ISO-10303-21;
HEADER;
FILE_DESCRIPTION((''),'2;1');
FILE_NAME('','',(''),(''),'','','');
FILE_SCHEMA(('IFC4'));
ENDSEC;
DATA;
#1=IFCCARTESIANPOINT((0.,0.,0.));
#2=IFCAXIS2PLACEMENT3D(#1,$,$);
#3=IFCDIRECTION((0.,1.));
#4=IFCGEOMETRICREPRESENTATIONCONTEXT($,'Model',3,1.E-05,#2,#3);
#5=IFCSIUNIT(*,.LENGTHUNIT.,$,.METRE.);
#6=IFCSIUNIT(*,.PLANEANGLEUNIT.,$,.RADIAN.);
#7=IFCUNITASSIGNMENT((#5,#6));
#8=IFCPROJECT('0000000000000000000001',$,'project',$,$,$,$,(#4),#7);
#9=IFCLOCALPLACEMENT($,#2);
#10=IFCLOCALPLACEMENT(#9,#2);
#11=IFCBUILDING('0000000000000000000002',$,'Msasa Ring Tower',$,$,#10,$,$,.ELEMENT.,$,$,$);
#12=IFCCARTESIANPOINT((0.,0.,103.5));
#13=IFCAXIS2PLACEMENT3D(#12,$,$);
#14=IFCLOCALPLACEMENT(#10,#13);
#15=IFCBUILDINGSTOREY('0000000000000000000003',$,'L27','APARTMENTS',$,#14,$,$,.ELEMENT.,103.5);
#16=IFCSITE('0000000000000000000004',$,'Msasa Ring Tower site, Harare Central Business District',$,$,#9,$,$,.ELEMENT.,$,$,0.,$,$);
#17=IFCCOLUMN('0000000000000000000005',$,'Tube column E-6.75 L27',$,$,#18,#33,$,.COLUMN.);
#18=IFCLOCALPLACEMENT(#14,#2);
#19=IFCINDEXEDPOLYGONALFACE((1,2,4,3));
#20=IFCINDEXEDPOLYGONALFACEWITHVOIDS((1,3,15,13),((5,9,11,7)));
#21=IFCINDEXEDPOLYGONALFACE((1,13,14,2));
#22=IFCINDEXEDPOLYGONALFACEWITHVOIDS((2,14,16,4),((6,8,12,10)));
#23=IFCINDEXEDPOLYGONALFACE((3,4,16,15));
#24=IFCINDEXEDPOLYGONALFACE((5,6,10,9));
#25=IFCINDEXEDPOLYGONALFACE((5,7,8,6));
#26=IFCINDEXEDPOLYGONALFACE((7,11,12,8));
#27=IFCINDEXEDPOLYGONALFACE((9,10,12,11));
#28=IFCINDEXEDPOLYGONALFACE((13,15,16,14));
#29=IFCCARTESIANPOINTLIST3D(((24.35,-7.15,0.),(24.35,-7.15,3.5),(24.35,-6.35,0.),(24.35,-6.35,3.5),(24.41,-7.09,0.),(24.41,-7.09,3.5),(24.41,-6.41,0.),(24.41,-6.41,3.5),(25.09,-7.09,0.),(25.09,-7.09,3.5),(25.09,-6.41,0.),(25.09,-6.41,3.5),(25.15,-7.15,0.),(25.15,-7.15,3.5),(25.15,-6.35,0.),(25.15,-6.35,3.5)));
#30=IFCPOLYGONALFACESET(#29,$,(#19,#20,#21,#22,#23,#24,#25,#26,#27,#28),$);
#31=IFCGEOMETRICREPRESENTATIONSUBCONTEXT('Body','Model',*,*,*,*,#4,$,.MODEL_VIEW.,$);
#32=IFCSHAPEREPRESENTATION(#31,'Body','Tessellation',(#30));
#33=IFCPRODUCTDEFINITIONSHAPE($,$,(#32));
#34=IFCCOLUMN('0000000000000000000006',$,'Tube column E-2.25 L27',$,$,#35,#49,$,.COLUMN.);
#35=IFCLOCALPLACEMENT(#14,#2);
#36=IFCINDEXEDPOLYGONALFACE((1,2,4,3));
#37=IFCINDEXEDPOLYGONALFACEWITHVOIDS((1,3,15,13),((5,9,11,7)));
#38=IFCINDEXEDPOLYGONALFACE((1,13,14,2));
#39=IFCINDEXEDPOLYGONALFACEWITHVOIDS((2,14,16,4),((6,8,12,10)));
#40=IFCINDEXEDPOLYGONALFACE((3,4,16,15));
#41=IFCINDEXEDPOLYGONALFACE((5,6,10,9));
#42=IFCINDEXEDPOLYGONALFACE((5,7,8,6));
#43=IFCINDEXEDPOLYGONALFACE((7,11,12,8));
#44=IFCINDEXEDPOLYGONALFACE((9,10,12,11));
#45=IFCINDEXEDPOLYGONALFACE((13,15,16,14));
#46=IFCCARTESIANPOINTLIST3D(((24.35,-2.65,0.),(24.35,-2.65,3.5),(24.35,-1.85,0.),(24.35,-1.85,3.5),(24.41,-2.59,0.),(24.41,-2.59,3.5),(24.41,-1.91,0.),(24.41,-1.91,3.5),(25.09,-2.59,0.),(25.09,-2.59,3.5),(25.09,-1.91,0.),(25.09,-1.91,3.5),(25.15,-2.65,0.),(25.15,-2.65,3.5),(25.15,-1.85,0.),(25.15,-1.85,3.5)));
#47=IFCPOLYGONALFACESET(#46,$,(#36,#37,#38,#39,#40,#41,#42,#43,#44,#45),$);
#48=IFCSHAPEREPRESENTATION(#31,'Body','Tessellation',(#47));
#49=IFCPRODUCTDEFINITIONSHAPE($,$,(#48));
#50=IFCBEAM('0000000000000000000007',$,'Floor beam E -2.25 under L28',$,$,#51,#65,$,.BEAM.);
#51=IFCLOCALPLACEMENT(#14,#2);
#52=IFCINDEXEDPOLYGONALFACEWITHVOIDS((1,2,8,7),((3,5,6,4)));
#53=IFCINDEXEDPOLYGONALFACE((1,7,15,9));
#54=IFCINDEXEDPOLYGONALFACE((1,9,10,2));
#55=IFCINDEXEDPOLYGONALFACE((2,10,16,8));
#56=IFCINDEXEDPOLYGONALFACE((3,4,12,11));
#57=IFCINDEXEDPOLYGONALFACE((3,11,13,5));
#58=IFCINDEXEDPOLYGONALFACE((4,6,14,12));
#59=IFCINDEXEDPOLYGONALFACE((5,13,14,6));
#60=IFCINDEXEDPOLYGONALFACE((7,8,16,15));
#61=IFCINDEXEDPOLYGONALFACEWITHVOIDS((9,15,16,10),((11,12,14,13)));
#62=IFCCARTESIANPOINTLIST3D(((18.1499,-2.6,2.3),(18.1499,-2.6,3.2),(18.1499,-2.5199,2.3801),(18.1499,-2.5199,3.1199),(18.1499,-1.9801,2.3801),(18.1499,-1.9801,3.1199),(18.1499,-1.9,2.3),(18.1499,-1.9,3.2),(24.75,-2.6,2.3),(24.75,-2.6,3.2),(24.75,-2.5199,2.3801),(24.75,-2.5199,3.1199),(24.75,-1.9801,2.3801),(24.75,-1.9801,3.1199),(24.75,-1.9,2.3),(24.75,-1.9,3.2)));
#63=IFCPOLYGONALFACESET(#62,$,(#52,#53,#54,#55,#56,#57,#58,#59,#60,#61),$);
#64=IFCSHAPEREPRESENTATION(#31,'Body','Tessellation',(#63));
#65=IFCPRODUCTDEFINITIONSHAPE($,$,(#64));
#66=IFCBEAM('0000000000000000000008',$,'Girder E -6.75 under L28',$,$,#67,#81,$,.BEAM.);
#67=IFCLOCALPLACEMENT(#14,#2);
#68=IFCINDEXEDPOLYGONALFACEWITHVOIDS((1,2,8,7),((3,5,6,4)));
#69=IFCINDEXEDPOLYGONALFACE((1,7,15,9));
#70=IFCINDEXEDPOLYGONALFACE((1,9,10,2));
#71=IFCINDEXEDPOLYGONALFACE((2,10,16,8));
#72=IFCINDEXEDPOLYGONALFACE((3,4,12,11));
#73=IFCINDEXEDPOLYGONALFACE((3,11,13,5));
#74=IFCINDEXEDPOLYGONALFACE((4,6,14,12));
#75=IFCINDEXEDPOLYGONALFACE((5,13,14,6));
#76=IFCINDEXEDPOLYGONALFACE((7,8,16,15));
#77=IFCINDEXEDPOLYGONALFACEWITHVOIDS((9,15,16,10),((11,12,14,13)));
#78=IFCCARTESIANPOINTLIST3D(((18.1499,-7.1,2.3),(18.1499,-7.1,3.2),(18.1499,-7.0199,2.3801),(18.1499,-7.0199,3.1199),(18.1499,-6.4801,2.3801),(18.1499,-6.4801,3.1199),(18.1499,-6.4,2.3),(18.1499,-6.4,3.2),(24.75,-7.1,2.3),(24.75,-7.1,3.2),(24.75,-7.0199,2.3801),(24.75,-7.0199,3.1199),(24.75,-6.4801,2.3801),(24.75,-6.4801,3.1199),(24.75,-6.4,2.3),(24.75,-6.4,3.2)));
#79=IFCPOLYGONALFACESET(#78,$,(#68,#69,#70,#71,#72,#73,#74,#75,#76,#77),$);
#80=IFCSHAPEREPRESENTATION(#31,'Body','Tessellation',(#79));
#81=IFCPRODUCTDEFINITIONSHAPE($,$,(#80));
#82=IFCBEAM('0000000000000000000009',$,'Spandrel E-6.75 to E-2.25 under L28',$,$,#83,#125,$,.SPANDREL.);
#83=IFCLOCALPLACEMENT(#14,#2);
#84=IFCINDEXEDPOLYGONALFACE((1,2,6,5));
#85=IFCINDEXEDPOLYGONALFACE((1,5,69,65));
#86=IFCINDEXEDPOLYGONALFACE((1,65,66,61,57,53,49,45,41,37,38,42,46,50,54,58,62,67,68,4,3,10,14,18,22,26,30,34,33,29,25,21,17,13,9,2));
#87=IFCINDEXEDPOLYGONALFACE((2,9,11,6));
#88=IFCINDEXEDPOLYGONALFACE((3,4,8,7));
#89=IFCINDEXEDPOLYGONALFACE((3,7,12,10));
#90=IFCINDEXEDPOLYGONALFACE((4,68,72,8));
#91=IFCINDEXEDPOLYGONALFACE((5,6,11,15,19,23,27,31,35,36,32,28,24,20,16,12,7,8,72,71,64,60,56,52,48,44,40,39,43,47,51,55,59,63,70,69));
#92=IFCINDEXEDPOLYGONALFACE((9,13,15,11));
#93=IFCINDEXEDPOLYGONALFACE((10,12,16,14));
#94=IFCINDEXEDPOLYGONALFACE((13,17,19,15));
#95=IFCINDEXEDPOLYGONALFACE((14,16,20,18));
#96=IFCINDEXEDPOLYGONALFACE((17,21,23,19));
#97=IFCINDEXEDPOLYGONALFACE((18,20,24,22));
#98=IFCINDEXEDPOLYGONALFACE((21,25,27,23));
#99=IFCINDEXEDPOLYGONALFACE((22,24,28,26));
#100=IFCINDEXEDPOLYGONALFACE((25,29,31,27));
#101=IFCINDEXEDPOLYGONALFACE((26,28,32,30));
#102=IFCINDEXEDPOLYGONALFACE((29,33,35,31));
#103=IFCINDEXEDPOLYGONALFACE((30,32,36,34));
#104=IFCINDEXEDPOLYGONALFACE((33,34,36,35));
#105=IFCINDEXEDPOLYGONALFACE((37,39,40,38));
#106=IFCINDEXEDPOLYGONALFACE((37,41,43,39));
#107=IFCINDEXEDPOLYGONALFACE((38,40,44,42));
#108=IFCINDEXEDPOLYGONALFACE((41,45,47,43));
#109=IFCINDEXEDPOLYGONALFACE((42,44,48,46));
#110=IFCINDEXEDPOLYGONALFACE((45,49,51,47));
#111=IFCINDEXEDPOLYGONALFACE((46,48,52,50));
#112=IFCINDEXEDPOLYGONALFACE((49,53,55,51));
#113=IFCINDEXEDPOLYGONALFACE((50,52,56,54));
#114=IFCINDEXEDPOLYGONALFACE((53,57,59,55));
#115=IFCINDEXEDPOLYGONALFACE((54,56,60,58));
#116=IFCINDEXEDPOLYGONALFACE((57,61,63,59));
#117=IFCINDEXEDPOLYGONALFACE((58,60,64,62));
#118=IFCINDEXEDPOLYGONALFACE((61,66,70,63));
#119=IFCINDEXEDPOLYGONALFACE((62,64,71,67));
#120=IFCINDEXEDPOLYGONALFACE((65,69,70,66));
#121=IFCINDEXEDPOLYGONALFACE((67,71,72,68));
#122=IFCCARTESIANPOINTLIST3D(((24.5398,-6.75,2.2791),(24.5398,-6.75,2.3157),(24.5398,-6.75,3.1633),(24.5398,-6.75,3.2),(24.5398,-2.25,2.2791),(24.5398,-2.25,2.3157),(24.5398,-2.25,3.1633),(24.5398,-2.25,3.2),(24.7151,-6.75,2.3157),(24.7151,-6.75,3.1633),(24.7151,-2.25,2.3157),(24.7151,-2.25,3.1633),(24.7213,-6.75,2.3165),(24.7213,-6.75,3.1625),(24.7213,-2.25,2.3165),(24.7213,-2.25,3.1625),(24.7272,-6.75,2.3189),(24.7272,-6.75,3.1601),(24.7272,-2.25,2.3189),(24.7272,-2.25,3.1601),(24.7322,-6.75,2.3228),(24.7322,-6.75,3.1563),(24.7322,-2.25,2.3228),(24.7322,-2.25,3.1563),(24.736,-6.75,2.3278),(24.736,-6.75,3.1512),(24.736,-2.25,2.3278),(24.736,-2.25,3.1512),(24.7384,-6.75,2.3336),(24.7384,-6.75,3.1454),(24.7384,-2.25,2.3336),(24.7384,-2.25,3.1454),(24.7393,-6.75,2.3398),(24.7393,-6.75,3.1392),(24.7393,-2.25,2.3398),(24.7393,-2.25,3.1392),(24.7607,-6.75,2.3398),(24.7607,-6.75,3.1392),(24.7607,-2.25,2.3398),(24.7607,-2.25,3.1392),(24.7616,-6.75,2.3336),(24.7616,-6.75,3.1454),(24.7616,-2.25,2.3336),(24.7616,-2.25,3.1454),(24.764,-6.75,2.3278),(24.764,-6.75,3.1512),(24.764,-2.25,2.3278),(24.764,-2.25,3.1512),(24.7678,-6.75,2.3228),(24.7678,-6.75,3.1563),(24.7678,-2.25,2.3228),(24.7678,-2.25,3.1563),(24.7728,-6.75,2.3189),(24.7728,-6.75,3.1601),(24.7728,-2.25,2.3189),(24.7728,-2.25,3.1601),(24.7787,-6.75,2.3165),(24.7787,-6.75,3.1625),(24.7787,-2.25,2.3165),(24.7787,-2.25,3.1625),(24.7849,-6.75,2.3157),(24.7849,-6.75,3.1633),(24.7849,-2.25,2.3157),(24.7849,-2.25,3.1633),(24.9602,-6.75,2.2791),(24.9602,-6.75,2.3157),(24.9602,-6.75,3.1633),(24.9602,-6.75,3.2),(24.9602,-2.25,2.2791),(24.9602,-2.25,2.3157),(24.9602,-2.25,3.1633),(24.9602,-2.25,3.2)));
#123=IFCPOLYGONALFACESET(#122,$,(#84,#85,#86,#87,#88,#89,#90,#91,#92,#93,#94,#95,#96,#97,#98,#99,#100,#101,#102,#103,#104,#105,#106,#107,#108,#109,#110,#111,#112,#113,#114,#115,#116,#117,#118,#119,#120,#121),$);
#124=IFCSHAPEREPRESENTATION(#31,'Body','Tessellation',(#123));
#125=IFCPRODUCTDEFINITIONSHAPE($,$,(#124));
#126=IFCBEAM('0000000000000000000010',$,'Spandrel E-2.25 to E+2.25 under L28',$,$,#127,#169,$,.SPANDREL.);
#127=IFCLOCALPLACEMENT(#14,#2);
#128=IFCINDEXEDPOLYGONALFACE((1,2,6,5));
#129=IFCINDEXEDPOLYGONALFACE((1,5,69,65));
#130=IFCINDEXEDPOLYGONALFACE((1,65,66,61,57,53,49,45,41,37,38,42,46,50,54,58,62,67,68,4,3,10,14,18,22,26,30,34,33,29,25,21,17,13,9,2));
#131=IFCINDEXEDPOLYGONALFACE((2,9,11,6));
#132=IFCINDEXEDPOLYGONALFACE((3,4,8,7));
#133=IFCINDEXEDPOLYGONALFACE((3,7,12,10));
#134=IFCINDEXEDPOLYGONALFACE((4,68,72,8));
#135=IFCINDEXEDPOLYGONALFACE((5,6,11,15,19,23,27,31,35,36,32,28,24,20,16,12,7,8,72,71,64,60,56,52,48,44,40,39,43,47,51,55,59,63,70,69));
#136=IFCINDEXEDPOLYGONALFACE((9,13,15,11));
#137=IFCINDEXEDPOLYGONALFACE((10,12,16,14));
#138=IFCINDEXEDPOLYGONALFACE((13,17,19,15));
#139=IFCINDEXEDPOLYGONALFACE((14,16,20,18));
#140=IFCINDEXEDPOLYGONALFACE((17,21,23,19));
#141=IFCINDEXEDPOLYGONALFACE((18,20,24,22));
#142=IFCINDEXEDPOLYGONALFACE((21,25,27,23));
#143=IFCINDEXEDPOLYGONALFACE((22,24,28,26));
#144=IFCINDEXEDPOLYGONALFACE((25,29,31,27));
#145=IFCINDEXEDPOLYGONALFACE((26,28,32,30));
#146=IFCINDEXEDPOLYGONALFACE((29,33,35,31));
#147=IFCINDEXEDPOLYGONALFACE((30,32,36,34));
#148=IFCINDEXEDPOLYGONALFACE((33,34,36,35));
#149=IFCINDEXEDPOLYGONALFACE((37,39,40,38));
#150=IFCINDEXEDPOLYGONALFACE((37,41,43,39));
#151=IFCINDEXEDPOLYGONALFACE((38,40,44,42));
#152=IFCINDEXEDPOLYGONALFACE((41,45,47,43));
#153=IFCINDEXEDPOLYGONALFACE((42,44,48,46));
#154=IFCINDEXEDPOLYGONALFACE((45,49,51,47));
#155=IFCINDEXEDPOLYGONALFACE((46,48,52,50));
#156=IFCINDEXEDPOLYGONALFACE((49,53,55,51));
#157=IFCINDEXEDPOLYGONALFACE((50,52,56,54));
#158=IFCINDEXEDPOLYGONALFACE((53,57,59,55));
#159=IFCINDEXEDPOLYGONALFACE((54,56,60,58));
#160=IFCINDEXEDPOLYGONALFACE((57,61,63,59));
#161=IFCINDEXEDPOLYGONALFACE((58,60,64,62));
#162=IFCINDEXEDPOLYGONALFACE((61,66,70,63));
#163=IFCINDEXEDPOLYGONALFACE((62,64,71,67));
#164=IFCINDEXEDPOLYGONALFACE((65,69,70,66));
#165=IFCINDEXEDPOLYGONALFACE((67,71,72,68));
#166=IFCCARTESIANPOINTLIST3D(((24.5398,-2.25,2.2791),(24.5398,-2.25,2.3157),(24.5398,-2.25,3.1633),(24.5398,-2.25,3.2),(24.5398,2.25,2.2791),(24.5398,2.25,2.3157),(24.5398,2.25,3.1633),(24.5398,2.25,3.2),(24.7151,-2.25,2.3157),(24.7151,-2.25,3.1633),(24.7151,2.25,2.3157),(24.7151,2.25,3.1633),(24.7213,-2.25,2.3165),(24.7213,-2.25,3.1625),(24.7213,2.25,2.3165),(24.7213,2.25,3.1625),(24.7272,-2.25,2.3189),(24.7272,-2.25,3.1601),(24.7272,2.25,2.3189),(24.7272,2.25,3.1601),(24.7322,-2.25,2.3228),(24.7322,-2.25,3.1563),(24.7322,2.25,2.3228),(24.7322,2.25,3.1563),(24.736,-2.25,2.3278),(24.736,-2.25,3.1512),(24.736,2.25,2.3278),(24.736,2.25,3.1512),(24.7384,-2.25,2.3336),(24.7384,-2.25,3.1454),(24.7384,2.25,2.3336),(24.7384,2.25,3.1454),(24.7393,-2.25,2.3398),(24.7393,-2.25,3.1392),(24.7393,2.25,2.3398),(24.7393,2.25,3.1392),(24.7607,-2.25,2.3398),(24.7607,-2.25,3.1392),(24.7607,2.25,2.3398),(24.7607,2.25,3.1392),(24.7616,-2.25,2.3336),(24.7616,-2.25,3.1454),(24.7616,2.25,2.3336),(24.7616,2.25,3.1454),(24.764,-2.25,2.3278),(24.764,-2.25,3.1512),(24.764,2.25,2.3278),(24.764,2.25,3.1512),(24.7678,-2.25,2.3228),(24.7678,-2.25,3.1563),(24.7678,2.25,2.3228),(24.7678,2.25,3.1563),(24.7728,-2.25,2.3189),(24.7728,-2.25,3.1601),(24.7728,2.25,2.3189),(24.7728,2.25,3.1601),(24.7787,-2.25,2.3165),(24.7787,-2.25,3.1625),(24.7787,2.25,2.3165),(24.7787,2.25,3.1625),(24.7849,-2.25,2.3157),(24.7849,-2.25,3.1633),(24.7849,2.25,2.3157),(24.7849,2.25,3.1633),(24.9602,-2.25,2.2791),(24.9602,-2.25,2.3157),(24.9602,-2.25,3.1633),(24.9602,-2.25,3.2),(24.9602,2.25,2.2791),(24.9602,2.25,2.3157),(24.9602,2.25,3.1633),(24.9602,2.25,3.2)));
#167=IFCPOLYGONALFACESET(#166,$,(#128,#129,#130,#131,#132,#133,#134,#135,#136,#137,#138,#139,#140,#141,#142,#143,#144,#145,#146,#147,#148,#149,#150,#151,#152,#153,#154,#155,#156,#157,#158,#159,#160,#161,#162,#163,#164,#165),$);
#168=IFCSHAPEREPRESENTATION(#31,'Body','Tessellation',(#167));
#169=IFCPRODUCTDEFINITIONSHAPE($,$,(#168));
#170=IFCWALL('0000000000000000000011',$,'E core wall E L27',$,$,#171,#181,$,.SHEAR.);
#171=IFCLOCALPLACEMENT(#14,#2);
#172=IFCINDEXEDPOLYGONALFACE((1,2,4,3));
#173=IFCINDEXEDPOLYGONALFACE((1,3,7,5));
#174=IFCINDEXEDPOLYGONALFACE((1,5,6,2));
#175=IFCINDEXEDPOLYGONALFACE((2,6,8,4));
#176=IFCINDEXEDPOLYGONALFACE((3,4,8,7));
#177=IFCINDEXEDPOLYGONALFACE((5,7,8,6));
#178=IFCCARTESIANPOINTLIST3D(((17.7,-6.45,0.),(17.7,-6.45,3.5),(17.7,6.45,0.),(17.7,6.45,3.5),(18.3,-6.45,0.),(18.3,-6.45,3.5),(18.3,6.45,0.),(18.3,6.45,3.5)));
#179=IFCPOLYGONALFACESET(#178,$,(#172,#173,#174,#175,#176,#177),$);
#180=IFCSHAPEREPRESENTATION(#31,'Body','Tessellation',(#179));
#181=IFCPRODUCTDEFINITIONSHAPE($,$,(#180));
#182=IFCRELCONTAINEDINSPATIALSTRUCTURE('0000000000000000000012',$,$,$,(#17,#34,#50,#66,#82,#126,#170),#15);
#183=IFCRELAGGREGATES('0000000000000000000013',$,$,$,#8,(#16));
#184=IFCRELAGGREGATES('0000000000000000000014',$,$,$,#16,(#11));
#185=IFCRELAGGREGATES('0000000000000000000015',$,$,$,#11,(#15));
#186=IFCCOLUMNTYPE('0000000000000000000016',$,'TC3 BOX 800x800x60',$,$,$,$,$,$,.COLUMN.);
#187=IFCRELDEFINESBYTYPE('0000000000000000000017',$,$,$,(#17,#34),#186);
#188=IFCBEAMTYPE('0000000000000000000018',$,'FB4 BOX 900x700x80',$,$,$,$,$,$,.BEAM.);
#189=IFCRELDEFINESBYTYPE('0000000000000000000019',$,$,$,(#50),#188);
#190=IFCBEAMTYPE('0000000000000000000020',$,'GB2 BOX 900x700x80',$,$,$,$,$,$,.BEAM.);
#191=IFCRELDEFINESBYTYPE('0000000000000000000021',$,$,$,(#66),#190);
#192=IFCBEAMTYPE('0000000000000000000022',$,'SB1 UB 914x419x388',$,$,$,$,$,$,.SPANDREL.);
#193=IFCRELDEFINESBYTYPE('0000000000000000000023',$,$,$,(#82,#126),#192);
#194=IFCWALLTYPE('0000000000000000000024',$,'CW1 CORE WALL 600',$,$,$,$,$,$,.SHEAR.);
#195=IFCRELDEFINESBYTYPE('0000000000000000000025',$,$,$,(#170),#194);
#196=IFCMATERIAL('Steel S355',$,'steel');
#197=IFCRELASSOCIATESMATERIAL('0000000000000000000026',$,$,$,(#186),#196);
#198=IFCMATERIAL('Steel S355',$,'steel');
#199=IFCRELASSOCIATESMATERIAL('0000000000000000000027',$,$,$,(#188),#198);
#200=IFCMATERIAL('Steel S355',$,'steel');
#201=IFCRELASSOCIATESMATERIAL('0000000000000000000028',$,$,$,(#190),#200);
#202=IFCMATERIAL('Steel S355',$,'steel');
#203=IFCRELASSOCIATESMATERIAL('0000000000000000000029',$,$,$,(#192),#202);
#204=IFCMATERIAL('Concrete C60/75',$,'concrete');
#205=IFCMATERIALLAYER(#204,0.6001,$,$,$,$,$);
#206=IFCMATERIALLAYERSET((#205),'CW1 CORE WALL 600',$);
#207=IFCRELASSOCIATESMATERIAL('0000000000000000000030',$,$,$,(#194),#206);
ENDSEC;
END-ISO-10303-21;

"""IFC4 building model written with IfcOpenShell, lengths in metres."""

from ifc_helpers import new_model, si_unit, direction, frame, frame_2d, origin, origin_2d, place, context, subcontext, project, spatial, rectangle, hollow_rectangle, i_section, extrude, material, layer, layer_set, material_profile, profile_set, type_object, element, save


model = new_model("IFC4")

# Units and contexts
model_context = context("Model", 3, precision=1e-05, world=origin(), true_north=direction((0.0, 1.0)))
body_context = subcontext(model_context, "Body", "Model", "MODEL_VIEW")
ifc_project = project(units=[si_unit("LENGTHUNIT", "METRE"), si_unit("PLANEANGLEUNIT", "RADIAN")], contexts=[model_context])

# Site, building, storey
site_placement = place(None, origin())
site = spatial("IfcSite", under=ifc_project, at=site_placement, Name="Msasa Ring Tower site, Harare Central Business District", CompositionType="ELEMENT", RefElevation=0.0)
building_placement = place(site_placement, origin())
building = spatial("IfcBuilding", under=site, at=building_placement, Name="Msasa Ring Tower", CompositionType="ELEMENT")
storey_placement = place(building_placement, frame((0.0, 0.0, 103.5)))
storey = spatial("IfcBuildingStorey", under=building, at=storey_placement, Name="L27", Description="APARTMENTS", CompositionType="ELEMENT", Elevation=103.5)

# Columns
ifc_material_1 = material(Name="Steel S355", Category="steel")
ifc_material_profile_1 = material_profile(ifc_material_1, hollow_rectangle(XDim=0.8, YDim=0.8, WallThickness=0.0601, at=origin_2d()), Name="BOX 800x800x60")
ifc_profile_set_1 = profile_set([ifc_material_profile_1], Name="Steel S355")
column_type = type_object("IfcColumnType", Name="TC3 BOX 800x800x60", PredefinedType="COLUMN", material=ifc_profile_set_1)
for number, where, z_axis, x_axis, name in (
    (1, (24.75, -6.75, 0.0), (0.0, 0.0, 1.0), (1.0, 0.0, 0.0), "Tube column E-6.75 L27"),
    (2, (24.75, -2.25, 0.0), (0.0, 0.0, 1.0), (1.0, 0.0, 0.0), "Tube column E-2.25 L27"),
):
    element("IfcColumn", number, at=place(storey_placement, frame(where, z_axis=z_axis, x_axis=x_axis)), inside=storey, type_object=column_type, Name=name, PredefinedType="COLUMN", context=body_context, shape_type="SweptSolid", body=[
        extrude(hollow_rectangle(XDim=0.8, YDim=0.8, WallThickness=0.0601, at=origin_2d()), origin(), (0.0, 0.0, 1.0), 3.5),
    ])

# Beams
ifc_material_2 = material(Name="Steel S355", Category="steel")
ifc_material_profile_2 = material_profile(ifc_material_2, hollow_rectangle(XDim=0.7, YDim=0.8999, WallThickness=0.0801, at=origin_2d()), Name="BOX 900x700x80")
ifc_profile_set_2 = profile_set([ifc_material_profile_2], Name="Steel S355")
beam_type_1 = type_object("IfcBeamType", Name="FB4 BOX 900x700x80", PredefinedType="BEAM", material=ifc_profile_set_2)
beam_1_placement = place(storey_placement, frame((24.75, -2.25, 2.75), z_axis=(-1.0, 0.0, 0.0), x_axis=(0.0, -1.0, 0.0)))
element("IfcBeam", 3, at=beam_1_placement, inside=storey, type_object=beam_type_1, Name="Floor beam E -2.25 under L28", PredefinedType="BEAM", context=body_context, shape_type="SweptSolid", body=[
    extrude(hollow_rectangle(XDim=0.7, YDim=0.8999, WallThickness=0.0801, at=origin_2d()), origin(), (0.0, 0.0, 1.0), 6.6001),
])
ifc_material_3 = material(Name="Steel S355", Category="steel")
ifc_material_profile_3 = material_profile(ifc_material_3, hollow_rectangle(XDim=0.7, YDim=0.8999, WallThickness=0.0801, at=origin_2d()), Name="BOX 900x700x80")
ifc_profile_set_3 = profile_set([ifc_material_profile_3], Name="Steel S355")
beam_type_2 = type_object("IfcBeamType", Name="GB2 BOX 900x700x80", PredefinedType="BEAM", material=ifc_profile_set_3)
beam_2_placement = place(storey_placement, frame((18.1499, -6.75, 2.75), z_axis=(1.0, 0.0, 0.0), x_axis=(0.0, 1.0, 0.0)))
element("IfcBeam", 4, at=beam_2_placement, inside=storey, type_object=beam_type_2, Name="Girder E -6.75 under L28", PredefinedType="BEAM", context=body_context, shape_type="SweptSolid", body=[
    extrude(hollow_rectangle(XDim=0.7, YDim=0.8999, WallThickness=0.0801, at=origin_2d()), origin(), (0.0, 0.0, 1.0), 6.6001),
])
ifc_material_4 = material(Name="Steel S355", Category="steel")
ifc_material_profile_4 = material_profile(ifc_material_4, i_section(OverallWidth=0.4204, OverallDepth=0.9209, WebThickness=0.0215, FlangeThickness=0.0366, FilletRadius=0.0242, at=origin_2d()), Name="UB 914x419x388")
ifc_profile_set_4 = profile_set([ifc_material_profile_4], Name="Steel S355")
beam_type_3 = type_object("IfcBeamType", Name="SB1 UB 914x419x388", PredefinedType="SPANDREL", material=ifc_profile_set_4)
for number, where, z_axis, x_axis, name in (
    (5, (24.75, -6.75, 2.7395), (0.0, 1.0, 0.0), (-1.0, 0.0, 0.0), "Spandrel E-6.75 to E-2.25 under L28"),
    (6, (24.75, -2.25, 2.7395), (0.0, 1.0, 0.0), (-1.0, 0.0, 0.0), "Spandrel E-2.25 to E+2.25 under L28"),
):
    element("IfcBeam", number, at=place(storey_placement, frame(where, z_axis=z_axis, x_axis=x_axis)), inside=storey, type_object=beam_type_3, Name=name, PredefinedType="SPANDREL", context=body_context, shape_type="SweptSolid", body=[
        extrude(i_section(OverallWidth=0.4204, OverallDepth=0.9209, WebThickness=0.0215, FlangeThickness=0.0366, FilletRadius=0.0242, at=origin_2d()), origin(), (0.0, 0.0, 1.0), 4.5),
    ])

# Wall
ifc_material_5 = material(Name="Concrete C60/75", Category="concrete")
ifc_layer_1 = layer(ifc_material_5, 0.6001)
ifc_layer_set_1 = layer_set([ifc_layer_1], Name="CW1 CORE WALL 600")
wall_type_1 = type_object("IfcWallType", Name="CW1 CORE WALL 600", PredefinedType="SHEAR", material=ifc_layer_set_1)
wall_1_placement = place(storey_placement, frame((18.0, -6.45, 0.0), z_axis=(0.0, 0.0, 1.0), x_axis=(0.0, 1.0, 0.0)))
element("IfcWall", 7, at=wall_1_placement, inside=storey, type_object=wall_type_1, Name="E core wall E L27", PredefinedType="SHEAR", context=body_context, shape_type="SweptSolid", body=[
    extrude(rectangle(XDim=12.8999, YDim=0.6001, at=frame_2d((6.45, 0.0))), origin(), (0.0, 0.0, 1.0), 3.5),
])

save(model, "model.ifc")
